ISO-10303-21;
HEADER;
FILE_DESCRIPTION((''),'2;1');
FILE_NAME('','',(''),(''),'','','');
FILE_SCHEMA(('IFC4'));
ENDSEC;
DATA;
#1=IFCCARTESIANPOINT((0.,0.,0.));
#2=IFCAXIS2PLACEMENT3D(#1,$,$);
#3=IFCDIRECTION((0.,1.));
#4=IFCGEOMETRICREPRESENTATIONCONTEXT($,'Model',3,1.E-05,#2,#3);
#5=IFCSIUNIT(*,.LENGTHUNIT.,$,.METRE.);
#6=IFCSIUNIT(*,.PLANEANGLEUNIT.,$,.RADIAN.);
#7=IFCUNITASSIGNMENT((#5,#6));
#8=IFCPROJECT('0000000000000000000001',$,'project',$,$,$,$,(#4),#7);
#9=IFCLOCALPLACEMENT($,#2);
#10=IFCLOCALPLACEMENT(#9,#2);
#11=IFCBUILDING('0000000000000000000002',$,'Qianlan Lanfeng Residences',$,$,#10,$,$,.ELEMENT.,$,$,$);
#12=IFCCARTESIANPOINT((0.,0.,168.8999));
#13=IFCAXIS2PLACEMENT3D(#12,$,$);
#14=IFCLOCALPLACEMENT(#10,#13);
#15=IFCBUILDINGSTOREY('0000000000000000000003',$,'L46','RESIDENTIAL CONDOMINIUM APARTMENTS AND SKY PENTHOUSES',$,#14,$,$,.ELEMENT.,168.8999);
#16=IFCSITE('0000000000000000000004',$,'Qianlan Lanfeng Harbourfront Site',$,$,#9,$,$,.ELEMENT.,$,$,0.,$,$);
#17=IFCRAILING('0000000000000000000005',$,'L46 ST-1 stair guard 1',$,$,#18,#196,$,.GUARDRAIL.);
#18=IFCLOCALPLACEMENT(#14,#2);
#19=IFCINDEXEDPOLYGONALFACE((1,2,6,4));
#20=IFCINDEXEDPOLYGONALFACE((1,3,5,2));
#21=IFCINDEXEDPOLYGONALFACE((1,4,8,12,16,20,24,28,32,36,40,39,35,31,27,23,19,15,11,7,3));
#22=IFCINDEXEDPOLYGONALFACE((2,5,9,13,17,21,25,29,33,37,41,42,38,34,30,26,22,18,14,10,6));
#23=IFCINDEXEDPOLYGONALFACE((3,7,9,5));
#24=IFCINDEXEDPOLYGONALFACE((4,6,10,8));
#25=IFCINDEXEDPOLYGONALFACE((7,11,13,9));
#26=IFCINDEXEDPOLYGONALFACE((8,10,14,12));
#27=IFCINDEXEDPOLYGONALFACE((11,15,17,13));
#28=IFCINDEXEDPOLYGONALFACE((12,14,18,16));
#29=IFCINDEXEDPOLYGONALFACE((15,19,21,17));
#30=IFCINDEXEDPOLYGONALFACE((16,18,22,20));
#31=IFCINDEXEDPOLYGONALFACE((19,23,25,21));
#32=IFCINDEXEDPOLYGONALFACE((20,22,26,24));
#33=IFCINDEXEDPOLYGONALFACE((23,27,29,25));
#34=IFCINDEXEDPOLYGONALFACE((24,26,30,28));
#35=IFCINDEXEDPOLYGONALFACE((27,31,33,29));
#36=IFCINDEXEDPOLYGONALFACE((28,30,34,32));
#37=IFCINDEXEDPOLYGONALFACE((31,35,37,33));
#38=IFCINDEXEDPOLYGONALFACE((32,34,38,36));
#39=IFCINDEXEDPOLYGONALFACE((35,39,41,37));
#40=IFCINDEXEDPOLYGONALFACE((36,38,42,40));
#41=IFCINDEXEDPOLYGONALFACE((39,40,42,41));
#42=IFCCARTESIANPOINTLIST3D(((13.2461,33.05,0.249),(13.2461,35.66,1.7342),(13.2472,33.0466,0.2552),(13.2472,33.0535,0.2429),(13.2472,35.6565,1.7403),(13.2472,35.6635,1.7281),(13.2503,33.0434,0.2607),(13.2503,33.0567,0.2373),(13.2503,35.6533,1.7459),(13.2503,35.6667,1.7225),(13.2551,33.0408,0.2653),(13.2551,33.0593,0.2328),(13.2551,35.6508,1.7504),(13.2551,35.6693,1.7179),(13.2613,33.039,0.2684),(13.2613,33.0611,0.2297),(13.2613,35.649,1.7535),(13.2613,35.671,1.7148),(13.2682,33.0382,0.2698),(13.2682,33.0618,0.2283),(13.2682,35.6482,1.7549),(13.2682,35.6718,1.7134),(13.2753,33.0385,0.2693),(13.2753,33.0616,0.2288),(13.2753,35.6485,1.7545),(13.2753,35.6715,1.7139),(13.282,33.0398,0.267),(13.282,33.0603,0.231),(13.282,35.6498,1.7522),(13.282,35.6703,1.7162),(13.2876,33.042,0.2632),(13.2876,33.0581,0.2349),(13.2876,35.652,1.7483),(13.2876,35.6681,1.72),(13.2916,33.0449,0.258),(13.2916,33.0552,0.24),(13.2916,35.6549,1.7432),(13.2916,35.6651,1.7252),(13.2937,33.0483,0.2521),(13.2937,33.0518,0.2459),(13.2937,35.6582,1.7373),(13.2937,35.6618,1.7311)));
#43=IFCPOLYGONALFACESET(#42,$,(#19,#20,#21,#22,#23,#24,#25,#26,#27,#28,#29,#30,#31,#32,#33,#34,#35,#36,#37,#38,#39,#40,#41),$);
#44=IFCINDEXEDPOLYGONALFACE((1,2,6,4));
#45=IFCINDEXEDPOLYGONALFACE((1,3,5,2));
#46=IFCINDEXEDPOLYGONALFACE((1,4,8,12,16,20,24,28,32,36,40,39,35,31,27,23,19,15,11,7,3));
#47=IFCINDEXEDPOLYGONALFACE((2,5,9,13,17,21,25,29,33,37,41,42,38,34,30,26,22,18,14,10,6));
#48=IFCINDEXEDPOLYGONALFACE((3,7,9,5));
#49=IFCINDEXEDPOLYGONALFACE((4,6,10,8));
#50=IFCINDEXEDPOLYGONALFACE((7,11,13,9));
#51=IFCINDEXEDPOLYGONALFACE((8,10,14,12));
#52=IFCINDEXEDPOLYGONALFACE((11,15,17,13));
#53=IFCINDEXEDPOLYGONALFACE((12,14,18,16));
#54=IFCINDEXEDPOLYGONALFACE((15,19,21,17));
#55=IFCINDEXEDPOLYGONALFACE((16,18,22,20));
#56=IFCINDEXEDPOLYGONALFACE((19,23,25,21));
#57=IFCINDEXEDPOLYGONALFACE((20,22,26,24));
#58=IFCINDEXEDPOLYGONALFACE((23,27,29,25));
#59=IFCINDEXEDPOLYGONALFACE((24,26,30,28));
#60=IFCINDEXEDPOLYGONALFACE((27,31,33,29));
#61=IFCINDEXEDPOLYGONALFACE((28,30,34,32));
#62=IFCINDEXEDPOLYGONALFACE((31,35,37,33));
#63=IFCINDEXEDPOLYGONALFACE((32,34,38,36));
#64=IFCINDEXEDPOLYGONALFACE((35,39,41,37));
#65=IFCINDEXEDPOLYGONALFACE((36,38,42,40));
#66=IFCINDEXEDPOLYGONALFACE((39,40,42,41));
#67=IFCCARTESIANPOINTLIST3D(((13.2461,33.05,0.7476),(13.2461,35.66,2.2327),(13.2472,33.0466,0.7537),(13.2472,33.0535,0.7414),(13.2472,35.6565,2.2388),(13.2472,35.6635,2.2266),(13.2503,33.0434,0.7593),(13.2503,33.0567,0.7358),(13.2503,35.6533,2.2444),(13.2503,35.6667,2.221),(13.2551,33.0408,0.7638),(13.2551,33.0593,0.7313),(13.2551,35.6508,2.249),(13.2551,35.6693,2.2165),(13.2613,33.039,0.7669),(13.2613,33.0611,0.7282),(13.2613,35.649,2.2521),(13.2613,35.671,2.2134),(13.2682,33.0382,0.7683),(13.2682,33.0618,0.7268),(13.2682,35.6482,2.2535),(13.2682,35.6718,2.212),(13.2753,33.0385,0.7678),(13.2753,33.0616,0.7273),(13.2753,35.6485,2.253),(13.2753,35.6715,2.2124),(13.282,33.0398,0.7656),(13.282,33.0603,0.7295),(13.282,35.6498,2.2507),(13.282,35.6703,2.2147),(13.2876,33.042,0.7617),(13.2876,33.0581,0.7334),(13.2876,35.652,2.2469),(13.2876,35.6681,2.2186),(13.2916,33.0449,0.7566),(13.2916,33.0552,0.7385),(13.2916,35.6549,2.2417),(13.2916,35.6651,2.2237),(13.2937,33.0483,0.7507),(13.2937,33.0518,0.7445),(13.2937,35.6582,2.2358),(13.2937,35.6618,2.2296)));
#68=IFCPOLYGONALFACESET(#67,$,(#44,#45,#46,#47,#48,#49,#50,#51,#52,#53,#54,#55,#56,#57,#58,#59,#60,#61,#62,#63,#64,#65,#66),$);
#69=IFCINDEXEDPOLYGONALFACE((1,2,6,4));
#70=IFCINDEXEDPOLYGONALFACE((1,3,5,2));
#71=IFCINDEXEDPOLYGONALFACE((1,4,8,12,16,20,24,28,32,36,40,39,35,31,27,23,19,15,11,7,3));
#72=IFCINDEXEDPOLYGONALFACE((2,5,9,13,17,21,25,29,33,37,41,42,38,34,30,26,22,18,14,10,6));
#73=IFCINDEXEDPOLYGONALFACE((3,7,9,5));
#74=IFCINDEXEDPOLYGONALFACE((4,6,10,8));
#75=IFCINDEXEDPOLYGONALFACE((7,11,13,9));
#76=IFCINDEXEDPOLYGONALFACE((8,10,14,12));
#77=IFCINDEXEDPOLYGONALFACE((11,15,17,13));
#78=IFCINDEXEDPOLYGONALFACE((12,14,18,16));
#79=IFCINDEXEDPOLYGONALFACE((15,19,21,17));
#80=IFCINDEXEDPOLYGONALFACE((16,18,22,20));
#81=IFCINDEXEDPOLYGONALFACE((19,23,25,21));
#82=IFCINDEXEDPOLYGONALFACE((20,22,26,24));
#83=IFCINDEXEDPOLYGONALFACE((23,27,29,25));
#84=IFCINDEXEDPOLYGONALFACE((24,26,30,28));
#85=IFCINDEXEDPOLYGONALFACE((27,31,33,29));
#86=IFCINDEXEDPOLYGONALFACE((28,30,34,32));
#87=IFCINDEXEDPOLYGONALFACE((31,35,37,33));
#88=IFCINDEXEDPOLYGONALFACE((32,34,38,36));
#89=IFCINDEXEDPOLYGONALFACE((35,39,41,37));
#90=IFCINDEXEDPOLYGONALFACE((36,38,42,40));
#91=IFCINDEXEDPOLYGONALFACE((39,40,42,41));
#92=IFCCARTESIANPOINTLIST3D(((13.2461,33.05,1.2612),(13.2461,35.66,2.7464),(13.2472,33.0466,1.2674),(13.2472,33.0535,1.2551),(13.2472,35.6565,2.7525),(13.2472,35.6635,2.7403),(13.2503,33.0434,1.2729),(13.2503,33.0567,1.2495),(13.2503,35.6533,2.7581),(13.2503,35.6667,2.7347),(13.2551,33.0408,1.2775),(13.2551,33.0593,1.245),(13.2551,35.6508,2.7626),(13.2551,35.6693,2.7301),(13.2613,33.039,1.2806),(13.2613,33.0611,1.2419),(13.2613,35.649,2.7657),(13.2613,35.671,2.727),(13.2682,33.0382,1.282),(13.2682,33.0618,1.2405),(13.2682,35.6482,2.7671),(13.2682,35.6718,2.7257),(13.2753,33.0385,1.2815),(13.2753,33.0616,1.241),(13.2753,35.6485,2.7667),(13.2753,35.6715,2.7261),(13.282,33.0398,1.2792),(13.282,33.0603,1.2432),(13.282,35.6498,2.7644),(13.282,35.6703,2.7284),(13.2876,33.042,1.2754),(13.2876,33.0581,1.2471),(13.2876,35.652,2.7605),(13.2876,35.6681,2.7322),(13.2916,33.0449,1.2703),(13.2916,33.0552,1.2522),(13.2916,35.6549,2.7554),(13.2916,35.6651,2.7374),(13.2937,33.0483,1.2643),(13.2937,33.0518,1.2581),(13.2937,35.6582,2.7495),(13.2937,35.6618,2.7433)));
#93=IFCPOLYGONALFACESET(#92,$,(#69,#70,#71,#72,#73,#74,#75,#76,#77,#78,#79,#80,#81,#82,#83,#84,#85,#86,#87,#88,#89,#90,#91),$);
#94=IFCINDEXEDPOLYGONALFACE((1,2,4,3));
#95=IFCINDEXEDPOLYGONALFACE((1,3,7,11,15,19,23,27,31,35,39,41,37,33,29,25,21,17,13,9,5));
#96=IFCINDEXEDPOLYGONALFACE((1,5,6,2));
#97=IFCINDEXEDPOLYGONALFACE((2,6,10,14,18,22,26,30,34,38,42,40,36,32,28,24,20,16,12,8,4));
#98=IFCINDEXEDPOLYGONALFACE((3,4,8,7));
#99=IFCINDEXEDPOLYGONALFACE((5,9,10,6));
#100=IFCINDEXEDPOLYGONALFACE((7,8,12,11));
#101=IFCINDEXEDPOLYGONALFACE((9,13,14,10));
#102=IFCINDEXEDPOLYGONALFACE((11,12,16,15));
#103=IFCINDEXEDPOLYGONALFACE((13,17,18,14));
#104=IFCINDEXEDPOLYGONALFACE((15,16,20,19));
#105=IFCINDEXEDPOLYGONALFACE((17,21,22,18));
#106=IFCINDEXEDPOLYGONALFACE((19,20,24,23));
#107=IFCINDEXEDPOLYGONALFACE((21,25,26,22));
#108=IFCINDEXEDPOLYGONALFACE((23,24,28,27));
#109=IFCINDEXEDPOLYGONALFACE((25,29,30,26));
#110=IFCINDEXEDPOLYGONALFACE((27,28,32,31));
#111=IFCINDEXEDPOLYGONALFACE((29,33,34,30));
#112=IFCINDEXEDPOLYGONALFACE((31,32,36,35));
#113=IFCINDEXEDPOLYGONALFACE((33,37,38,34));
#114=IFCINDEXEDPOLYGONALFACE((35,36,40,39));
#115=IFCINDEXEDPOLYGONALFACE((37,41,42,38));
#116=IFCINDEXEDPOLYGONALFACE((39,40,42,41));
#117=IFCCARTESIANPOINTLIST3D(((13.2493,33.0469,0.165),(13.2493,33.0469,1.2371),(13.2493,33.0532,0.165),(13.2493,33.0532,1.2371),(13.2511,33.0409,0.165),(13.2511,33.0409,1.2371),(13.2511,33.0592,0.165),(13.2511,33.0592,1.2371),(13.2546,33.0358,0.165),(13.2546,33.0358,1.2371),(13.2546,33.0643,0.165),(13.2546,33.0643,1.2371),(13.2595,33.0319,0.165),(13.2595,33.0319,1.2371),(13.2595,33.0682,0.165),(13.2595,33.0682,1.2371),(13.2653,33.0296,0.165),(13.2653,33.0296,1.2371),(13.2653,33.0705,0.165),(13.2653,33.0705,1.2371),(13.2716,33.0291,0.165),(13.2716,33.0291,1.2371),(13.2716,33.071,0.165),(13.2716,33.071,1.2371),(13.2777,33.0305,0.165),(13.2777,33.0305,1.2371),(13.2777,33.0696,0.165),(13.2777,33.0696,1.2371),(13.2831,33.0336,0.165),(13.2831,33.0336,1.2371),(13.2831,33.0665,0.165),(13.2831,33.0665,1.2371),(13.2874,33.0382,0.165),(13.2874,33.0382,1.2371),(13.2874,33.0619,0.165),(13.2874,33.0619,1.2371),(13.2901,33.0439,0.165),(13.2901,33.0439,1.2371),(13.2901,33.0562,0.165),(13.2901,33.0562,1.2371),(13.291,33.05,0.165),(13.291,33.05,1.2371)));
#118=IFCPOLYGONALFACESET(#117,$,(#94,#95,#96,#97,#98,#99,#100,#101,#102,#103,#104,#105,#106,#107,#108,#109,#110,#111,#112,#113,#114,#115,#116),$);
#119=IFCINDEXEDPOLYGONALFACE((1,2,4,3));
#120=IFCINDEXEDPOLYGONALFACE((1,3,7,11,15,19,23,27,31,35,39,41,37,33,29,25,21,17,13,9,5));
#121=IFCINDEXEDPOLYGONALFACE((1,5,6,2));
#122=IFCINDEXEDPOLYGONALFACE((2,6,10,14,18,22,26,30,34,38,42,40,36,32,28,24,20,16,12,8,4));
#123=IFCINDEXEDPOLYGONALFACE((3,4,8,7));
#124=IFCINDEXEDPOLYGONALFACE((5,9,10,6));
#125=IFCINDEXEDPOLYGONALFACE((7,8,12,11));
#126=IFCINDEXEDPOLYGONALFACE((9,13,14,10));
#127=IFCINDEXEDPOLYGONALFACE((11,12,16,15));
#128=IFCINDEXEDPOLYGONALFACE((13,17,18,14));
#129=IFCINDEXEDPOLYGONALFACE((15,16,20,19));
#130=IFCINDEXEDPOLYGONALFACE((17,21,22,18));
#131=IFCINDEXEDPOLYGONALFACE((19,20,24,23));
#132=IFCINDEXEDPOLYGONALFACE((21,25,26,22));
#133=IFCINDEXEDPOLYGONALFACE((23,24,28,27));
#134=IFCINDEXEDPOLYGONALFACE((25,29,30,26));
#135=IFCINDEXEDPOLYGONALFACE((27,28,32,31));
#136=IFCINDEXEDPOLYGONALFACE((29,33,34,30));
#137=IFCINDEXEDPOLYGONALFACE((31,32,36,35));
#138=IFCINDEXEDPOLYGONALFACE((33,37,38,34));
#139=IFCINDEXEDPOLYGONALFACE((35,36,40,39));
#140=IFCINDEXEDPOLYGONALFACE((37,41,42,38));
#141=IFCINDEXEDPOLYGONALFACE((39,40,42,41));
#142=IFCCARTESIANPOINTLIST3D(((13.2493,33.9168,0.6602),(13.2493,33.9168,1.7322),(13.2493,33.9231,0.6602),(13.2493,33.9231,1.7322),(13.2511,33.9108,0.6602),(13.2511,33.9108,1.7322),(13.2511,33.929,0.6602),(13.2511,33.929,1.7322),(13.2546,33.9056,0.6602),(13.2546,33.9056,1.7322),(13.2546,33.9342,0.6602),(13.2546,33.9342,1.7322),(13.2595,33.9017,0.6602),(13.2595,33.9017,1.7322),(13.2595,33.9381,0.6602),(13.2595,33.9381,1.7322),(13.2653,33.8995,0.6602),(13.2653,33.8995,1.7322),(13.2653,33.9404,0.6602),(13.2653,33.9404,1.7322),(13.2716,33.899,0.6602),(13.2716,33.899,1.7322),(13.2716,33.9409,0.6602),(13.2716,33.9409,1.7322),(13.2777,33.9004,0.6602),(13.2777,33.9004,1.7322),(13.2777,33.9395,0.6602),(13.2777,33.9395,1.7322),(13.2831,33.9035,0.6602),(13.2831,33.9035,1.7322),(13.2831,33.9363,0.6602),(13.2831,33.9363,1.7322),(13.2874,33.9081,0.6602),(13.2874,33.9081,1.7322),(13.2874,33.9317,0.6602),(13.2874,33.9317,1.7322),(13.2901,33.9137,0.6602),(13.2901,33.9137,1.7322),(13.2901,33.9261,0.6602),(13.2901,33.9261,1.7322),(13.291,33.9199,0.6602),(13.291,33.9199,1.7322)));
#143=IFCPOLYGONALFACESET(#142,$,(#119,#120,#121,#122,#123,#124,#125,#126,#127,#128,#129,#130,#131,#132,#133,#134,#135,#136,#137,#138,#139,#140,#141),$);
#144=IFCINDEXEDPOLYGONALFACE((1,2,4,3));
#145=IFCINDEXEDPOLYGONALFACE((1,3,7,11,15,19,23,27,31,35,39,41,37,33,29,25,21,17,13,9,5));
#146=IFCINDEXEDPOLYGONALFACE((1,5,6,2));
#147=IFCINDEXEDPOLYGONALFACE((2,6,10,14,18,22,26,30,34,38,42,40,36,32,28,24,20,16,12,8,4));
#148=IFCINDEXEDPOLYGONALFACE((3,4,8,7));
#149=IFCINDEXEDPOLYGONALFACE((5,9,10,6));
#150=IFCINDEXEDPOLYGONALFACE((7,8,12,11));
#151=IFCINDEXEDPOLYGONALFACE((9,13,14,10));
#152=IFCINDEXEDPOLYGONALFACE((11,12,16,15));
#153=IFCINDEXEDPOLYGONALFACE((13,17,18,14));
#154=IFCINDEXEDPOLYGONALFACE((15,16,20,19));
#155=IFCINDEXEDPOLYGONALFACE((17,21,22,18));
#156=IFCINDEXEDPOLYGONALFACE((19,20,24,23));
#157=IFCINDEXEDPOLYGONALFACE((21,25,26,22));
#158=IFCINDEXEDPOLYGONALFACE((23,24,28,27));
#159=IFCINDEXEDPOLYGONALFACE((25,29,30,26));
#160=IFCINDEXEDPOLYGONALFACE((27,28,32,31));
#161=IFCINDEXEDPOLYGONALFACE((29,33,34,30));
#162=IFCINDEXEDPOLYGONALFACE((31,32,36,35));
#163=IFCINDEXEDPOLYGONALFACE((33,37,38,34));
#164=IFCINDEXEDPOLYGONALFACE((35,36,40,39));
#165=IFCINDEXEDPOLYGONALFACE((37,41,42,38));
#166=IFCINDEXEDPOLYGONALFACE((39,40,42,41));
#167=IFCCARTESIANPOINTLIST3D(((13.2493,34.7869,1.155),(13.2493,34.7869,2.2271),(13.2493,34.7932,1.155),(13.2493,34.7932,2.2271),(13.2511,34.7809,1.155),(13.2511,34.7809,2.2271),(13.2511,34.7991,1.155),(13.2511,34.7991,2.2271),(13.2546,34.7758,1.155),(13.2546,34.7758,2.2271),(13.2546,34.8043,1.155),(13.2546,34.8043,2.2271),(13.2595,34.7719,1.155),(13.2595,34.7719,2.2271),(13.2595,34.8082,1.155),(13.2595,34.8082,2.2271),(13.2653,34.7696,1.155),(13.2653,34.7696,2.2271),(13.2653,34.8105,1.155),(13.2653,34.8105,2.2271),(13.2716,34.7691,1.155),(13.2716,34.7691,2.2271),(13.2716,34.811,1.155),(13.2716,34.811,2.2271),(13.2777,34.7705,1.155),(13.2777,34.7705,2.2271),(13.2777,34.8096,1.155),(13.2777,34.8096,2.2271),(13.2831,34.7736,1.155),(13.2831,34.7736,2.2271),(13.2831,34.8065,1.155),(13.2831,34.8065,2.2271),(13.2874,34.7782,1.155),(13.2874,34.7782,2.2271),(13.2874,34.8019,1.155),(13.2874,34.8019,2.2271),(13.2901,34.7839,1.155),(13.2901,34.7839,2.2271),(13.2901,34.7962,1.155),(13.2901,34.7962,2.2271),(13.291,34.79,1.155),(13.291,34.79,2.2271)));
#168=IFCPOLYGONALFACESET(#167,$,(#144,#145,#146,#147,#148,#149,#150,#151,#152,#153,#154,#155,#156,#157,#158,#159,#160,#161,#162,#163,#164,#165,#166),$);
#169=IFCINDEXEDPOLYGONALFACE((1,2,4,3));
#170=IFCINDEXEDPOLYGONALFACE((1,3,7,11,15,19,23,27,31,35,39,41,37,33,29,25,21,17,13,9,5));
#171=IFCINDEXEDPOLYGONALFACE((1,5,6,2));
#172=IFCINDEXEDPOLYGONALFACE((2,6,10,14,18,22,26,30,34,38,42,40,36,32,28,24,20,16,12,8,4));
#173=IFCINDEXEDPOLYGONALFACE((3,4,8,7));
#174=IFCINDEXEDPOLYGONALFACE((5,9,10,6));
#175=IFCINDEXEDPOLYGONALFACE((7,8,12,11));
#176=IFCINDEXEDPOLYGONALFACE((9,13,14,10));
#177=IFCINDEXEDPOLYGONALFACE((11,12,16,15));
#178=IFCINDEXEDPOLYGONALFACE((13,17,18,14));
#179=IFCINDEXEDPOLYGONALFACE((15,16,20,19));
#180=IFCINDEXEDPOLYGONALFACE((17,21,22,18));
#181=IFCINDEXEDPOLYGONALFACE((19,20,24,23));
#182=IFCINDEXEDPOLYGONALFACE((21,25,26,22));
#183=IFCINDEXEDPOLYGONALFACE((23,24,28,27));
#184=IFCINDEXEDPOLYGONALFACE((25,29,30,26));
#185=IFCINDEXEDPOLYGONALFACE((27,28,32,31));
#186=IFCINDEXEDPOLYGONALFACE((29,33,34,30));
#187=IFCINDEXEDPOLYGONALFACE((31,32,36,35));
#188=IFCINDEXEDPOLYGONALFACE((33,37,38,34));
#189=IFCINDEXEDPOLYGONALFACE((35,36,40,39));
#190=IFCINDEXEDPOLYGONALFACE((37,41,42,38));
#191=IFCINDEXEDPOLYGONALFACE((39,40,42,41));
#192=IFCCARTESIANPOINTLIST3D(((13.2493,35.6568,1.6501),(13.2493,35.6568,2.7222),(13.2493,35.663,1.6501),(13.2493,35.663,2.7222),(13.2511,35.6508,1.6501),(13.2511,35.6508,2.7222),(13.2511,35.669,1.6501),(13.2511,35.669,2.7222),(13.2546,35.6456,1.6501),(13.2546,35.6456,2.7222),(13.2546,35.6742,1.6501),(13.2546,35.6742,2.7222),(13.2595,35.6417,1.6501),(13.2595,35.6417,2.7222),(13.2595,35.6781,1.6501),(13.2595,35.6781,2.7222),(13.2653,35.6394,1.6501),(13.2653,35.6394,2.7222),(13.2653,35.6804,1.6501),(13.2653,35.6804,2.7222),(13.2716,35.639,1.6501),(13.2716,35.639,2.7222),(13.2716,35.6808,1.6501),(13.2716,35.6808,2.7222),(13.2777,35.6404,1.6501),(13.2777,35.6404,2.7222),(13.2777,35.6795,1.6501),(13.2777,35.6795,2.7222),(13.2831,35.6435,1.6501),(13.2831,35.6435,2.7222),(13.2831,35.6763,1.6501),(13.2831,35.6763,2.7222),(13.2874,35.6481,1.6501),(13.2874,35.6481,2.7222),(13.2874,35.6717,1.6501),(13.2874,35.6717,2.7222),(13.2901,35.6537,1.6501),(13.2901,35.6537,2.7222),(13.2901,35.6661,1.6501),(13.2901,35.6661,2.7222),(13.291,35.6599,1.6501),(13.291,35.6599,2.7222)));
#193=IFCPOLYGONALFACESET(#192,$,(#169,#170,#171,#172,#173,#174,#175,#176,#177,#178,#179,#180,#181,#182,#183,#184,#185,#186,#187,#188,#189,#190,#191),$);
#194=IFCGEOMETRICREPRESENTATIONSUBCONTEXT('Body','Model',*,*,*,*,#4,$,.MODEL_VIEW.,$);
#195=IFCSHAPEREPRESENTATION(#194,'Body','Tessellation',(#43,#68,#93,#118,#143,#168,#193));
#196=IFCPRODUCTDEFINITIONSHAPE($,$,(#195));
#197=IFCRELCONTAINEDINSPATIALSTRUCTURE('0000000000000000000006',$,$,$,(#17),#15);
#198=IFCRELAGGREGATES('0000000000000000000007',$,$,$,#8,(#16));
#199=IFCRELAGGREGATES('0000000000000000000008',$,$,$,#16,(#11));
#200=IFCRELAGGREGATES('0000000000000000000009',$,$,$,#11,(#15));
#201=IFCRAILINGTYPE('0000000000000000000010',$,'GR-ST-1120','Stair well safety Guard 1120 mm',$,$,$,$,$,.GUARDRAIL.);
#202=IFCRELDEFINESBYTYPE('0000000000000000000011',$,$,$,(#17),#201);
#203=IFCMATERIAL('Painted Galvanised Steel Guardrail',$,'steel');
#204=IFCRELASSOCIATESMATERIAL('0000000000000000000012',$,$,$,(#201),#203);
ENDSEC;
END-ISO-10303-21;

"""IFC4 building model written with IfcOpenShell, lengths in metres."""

from ifc_helpers import new_model, si_unit, direction, frame, origin, origin_2d, place, context, subcontext, project, spatial, circle, extrude, material, type_object, element, save


model = new_model("IFC4")

# Units and contexts
model_context = context("Model", 3, precision=1e-05, world=origin(), true_north=direction((0.0, 1.0)))
body_context = subcontext(model_context, "Body", "Model", "MODEL_VIEW")
ifc_project = project(units=[si_unit("LENGTHUNIT", "METRE"), si_unit("PLANEANGLEUNIT", "RADIAN")], contexts=[model_context])

# Site, building, storey
site_placement = place(None, origin())
site = spatial("IfcSite", under=ifc_project, at=site_placement, Name="Qianlan Lanfeng Harbourfront Site", CompositionType="ELEMENT", RefElevation=0.0)
building_placement = place(site_placement, origin())
building = spatial("IfcBuilding", under=site, at=building_placement, Name="Qianlan Lanfeng Residences", CompositionType="ELEMENT")
storey_placement = place(building_placement, frame((0.0, 0.0, 168.8999)))
storey = spatial("IfcBuildingStorey", under=building, at=storey_placement, Name="L46", Description="RESIDENTIAL CONDOMINIUM APARTMENTS AND SKY PENTHOUSES", CompositionType="ELEMENT", Elevation=168.8999)

# Railing
ifc_material_1 = material(Name="Painted Galvanised Steel Guardrail", Category="steel")
railing_type_1 = type_object("IfcRailingType", Name="GR-ST-1120", Description="Stair well safety Guard 1120 mm", PredefinedType="GUARDRAIL", material=ifc_material_1)
railing_1_placement = place(storey_placement, frame((13.27, 33.05, 0.165)))
element("IfcRailing", 1, at=railing_1_placement, inside=storey, type_object=railing_type_1, Name="L46 ST-1 stair guard 1", PredefinedType="GUARDRAIL", context=body_context, shape_type="SweptSolid", body=[
    extrude(circle(Radius=0.0239, at=origin_2d()), frame((0.0, 0.0, 0.084), z_axis=(0.0, 0.869137, 0.494571), x_axis=(-1.0, 0.0, 0.0)), (0.0, 0.0, 1.0), 3.0029),
    extrude(circle(Radius=0.0239, at=origin_2d()), frame((0.0, 0.0, 0.5825), z_axis=(0.0, 0.869137, 0.494571), x_axis=(-1.0, 0.0, 0.0)), (0.0, 0.0, 1.0), 3.0029),
    extrude(circle(Radius=0.0239, at=origin_2d()), frame((0.0, 0.0, 1.0962), z_axis=(0.0, 0.869137, 0.494571), x_axis=(-1.0, 0.0, 0.0)), (0.0, 0.0, 1.0), 3.0029),
    extrude(circle(Radius=0.021, at=origin_2d()), origin(), (0.0, 0.0, 1.0), 1.072),
    extrude(circle(Radius=0.021, at=origin_2d()), frame((0.0, 0.8699, 0.4951)), (0.0, 0.0, 1.0), 1.072),
    extrude(circle(Radius=0.021, at=origin_2d()), frame((0.0, 1.74, 0.99)), (0.0, 0.0, 1.0), 1.072),
    extrude(circle(Radius=0.021, at=origin_2d()), frame((0.0, 2.6099, 1.4851)), (0.0, 0.0, 1.0), 1.072),
])

save(model, "model.ifc")
